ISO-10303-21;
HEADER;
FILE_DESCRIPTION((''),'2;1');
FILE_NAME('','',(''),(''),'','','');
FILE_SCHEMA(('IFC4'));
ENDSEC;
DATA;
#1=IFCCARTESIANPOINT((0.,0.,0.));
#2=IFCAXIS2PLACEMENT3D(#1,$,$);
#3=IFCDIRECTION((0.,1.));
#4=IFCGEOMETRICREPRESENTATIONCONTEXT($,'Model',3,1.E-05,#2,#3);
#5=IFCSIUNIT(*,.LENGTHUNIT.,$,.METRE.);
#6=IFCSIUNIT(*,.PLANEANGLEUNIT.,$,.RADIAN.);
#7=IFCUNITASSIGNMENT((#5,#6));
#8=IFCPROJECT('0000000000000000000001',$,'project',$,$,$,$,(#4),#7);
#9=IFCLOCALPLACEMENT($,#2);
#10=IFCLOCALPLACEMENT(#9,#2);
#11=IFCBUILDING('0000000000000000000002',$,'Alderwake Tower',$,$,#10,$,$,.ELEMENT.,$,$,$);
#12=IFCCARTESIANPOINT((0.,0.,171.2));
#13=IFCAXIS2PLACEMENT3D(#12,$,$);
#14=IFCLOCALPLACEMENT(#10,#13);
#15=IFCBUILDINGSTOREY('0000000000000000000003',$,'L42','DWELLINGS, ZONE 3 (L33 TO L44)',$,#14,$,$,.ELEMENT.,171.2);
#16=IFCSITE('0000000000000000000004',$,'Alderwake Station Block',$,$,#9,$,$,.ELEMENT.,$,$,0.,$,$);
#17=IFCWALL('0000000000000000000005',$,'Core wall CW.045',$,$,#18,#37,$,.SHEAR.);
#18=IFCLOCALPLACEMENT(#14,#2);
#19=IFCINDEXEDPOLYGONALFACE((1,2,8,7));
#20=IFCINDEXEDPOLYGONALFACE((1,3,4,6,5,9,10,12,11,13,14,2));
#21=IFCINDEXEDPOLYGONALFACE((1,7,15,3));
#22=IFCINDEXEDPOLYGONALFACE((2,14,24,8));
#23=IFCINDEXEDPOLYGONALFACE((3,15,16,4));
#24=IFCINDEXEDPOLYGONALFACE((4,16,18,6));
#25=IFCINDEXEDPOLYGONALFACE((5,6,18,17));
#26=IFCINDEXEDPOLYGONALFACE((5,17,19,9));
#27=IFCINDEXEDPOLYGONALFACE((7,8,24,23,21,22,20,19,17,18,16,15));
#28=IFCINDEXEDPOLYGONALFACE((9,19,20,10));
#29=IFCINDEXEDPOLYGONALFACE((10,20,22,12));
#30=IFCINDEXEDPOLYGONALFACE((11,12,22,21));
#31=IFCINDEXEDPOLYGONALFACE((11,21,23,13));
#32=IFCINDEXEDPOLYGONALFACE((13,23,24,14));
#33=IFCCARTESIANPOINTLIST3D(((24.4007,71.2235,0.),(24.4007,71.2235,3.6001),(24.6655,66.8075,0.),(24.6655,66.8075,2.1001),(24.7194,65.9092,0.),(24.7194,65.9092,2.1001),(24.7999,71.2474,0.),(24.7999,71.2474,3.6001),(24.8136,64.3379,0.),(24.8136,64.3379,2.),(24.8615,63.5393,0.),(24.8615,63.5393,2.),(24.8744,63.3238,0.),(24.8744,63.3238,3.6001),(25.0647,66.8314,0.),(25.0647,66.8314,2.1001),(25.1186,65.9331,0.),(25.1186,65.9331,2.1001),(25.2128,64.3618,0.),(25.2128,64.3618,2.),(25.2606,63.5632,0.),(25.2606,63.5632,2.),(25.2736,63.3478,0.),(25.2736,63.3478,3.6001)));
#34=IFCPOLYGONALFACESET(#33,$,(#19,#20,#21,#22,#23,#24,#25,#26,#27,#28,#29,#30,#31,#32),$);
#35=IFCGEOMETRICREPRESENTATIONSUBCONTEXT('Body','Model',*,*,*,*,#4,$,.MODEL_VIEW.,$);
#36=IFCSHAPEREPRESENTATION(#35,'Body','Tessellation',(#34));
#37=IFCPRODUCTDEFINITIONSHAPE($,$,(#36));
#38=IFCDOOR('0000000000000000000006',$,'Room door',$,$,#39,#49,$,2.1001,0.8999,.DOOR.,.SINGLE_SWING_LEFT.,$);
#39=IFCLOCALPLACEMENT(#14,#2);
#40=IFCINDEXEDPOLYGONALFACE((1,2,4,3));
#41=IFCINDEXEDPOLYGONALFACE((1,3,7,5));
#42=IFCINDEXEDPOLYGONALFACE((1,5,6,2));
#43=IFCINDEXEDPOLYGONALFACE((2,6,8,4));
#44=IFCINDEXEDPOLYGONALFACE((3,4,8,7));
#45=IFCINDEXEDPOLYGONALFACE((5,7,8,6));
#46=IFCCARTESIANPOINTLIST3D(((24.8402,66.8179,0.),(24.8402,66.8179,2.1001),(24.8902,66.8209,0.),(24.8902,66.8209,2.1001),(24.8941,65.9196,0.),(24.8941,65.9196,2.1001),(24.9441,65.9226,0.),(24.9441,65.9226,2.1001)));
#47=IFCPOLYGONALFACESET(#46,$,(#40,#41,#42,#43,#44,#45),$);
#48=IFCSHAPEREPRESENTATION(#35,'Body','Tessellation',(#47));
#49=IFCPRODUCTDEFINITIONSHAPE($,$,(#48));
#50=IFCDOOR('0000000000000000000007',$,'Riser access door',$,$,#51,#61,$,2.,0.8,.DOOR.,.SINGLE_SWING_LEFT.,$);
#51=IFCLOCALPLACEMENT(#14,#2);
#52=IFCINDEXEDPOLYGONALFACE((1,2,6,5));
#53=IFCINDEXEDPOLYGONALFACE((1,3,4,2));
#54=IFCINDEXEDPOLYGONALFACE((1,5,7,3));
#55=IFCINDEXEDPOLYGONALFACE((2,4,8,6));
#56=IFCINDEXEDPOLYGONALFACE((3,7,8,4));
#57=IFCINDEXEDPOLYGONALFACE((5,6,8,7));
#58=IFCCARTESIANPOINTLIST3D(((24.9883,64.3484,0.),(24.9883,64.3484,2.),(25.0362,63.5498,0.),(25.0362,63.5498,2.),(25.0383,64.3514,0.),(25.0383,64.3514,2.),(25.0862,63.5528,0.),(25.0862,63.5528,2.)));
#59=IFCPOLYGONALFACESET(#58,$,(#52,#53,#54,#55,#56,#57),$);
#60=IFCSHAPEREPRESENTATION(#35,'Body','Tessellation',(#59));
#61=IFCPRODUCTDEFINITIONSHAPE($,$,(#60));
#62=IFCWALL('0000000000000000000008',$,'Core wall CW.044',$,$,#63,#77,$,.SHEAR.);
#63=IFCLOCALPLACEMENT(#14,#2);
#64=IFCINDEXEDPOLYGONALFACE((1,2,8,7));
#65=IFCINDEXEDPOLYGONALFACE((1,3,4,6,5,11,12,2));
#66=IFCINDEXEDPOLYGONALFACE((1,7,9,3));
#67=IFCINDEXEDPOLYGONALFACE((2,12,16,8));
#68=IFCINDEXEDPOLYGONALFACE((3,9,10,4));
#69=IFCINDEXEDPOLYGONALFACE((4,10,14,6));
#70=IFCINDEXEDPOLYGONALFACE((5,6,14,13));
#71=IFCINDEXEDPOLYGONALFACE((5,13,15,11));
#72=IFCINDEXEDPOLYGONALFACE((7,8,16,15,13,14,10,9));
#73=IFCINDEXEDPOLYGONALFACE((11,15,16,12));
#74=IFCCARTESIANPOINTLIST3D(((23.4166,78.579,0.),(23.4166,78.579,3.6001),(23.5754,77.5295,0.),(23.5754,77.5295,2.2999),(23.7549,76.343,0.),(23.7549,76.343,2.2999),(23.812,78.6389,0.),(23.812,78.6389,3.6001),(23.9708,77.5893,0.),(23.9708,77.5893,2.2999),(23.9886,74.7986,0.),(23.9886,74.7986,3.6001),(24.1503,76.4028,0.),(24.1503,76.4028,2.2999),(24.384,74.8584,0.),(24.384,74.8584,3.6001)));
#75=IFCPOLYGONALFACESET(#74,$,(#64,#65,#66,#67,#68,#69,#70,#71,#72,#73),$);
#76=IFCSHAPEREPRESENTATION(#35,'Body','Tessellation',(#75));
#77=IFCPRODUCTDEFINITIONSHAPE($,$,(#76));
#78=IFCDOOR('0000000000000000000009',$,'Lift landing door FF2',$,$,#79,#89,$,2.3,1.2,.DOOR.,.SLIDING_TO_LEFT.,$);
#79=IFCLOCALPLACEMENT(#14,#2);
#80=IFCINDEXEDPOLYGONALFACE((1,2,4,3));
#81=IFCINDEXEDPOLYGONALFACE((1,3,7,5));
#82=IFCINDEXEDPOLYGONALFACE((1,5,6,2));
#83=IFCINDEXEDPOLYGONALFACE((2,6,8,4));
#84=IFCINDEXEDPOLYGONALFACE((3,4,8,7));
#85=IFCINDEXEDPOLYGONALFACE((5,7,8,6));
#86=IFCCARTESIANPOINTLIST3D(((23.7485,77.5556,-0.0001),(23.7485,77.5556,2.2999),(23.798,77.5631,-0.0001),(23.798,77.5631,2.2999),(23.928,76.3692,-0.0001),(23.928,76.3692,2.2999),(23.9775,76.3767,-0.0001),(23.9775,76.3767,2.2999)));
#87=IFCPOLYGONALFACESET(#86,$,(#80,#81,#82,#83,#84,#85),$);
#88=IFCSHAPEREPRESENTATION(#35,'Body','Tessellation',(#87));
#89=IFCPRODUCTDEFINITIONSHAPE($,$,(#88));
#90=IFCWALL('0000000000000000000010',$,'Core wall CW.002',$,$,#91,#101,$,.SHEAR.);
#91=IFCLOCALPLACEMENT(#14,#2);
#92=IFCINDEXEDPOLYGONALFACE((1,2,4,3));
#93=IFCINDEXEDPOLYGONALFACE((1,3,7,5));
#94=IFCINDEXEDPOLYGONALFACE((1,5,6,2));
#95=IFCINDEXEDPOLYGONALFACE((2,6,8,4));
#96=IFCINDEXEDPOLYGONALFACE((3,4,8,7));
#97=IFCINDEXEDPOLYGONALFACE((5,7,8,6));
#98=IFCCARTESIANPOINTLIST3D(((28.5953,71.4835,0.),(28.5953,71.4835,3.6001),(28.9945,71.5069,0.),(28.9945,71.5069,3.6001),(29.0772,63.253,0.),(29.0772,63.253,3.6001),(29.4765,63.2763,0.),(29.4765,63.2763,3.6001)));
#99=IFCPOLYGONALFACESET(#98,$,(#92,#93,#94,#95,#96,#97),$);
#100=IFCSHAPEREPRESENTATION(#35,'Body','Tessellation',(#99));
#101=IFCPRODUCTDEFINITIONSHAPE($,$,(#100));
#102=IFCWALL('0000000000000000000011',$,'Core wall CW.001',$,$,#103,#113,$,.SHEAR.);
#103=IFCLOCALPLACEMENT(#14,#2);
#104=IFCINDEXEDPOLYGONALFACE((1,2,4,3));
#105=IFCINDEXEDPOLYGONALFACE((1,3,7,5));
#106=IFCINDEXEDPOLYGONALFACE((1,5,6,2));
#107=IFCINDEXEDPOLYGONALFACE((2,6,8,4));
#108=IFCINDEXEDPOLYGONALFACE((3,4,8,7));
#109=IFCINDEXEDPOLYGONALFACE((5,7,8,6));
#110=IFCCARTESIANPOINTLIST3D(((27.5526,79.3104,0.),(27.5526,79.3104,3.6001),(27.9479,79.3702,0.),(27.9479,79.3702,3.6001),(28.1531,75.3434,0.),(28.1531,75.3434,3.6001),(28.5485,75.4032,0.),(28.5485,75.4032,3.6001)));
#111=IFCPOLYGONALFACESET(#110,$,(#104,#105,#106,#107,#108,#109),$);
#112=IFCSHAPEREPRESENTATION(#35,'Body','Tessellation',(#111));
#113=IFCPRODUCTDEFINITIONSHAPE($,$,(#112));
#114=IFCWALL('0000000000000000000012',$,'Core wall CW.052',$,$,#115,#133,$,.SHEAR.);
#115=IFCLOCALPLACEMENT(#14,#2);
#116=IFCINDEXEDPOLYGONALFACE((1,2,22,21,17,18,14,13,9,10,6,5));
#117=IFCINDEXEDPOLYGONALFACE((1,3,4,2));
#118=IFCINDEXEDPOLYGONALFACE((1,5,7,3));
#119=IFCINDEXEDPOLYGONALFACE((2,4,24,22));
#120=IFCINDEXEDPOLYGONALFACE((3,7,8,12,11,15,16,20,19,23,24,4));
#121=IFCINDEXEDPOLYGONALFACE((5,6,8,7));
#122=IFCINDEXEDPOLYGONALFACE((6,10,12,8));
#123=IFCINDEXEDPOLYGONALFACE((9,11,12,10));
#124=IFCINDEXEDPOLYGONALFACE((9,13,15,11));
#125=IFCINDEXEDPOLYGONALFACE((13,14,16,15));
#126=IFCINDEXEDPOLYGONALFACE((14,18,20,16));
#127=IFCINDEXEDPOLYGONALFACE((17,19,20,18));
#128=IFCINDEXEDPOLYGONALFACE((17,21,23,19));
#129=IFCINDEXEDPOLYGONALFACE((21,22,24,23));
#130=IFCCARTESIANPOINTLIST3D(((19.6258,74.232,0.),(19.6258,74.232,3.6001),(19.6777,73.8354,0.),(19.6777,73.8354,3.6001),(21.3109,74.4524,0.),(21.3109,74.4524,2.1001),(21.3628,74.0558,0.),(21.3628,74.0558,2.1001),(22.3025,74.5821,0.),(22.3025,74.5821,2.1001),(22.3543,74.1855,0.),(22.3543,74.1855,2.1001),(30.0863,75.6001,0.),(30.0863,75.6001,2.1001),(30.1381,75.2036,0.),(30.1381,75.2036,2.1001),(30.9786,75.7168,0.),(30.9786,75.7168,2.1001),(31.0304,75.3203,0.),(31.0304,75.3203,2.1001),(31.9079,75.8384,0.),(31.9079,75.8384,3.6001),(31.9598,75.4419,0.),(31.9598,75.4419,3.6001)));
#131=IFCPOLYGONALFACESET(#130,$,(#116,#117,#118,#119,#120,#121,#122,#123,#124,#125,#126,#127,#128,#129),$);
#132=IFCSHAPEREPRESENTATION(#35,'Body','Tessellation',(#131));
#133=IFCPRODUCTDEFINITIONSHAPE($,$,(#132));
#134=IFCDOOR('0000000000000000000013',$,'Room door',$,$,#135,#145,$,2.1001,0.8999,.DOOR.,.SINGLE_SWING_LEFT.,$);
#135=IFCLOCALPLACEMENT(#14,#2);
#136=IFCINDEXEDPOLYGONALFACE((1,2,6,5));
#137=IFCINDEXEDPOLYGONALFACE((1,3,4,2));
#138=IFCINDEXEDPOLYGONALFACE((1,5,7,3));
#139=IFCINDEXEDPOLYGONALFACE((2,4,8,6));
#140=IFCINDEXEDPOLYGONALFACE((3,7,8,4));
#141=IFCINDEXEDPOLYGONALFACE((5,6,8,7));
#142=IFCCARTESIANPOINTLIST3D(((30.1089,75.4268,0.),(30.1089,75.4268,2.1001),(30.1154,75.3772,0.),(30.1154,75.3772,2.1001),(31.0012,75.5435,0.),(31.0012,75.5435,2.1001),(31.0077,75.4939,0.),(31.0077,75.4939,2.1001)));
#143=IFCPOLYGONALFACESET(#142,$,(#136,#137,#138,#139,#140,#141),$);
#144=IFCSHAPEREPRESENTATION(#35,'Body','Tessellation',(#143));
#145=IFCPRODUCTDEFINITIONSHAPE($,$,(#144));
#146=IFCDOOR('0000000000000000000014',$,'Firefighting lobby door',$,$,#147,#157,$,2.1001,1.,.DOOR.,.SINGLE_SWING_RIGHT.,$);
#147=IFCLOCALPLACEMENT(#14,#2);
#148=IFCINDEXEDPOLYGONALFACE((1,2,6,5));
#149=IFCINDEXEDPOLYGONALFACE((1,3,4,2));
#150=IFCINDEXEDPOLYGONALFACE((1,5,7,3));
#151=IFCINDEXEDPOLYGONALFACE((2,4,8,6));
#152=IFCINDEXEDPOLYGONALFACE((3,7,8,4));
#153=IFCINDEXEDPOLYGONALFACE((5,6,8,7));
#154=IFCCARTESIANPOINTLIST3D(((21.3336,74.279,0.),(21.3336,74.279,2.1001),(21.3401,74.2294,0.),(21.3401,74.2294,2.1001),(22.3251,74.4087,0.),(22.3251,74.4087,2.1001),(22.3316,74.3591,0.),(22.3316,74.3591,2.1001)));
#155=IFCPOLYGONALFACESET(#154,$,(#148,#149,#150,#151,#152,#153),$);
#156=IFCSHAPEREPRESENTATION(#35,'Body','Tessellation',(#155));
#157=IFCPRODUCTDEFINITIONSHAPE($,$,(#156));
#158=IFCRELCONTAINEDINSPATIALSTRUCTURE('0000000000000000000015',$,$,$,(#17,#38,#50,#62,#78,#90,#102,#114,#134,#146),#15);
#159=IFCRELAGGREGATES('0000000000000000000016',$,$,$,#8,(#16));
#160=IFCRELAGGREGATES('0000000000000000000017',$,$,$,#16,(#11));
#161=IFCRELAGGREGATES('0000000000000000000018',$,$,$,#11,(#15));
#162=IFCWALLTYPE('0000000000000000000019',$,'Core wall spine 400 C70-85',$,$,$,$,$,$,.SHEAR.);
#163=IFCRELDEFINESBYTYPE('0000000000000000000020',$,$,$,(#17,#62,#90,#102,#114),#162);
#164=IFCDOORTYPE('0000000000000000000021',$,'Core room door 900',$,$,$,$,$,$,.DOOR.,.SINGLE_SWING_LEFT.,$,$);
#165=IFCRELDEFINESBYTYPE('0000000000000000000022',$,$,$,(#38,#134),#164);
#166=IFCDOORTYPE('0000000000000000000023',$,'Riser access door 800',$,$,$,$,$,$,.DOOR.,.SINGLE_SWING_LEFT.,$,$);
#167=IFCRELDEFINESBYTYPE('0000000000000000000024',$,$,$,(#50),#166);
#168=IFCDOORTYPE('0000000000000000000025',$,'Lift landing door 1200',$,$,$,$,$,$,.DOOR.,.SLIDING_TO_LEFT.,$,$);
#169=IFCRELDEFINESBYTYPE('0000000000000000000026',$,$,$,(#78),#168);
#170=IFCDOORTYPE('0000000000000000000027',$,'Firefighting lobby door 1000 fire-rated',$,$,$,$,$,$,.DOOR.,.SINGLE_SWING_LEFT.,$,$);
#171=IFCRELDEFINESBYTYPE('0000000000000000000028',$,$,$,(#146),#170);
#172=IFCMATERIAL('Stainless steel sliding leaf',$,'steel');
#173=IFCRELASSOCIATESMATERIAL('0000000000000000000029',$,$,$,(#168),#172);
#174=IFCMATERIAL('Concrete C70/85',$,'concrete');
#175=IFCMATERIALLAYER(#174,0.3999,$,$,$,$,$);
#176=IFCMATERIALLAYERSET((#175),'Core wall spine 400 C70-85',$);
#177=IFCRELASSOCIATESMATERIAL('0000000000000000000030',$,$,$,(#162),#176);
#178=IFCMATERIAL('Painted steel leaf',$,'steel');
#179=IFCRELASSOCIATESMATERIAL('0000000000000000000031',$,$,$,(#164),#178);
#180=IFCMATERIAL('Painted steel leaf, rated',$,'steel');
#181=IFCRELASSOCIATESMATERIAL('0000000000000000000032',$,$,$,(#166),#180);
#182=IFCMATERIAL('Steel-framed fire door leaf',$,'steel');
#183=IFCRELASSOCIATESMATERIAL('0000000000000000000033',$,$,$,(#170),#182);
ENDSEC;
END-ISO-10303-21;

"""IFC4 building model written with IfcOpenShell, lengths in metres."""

from ifc_helpers import new_model, si_unit, direction, frame, frame_2d, origin, place, context, subcontext, project, spatial, rectangle, extrude, material, layer, layer_set, type_object, element, fill, save


model = new_model("IFC4")

# Units and contexts
model_context = context("Model", 3, precision=1e-05, world=origin(), true_north=direction((0.0, 1.0)))
body_context = subcontext(model_context, "Body", "Model", "MODEL_VIEW")
ifc_project = project(units=[si_unit("LENGTHUNIT", "METRE"), si_unit("PLANEANGLEUNIT", "RADIAN")], contexts=[model_context])

# Site, building, storey
site_placement = place(None, origin())
site = spatial("IfcSite", under=ifc_project, at=site_placement, Name="Alderwake Station Block", CompositionType="ELEMENT", RefElevation=0.0)
building_placement = place(site_placement, origin())
building = spatial("IfcBuilding", under=site, at=building_placement, Name="Alderwake Tower", CompositionType="ELEMENT")
storey_placement = place(building_placement, frame((0.0, 0.0, 171.2)))
storey = spatial("IfcBuildingStorey", under=building, at=storey_placement, Name="L42", Description="DWELLINGS, ZONE 3 (L33 TO L44)", CompositionType="ELEMENT", Elevation=171.2)

# Shared definitions
ifc_material_1 = material(Name="Stainless steel sliding leaf", Category="steel")
door_type_1 = type_object("IfcDoorType", Name="Lift landing door 1200", OperationType="SLIDING_TO_LEFT", PredefinedType="DOOR", material=ifc_material_1)

# Wall, openings, doors
ifc_material_2 = material(Name="Concrete C70/85", Category="concrete")
ifc_layer_1 = layer(ifc_material_2, 0.3999)
ifc_layer_set_1 = layer_set([ifc_layer_1], Name="Core wall spine 400 C70-85")
wall_type_1 = type_object("IfcWallType", Name="Core wall spine 400 C70-85", PredefinedType="SHEAR", material=ifc_layer_set_1)
wall_1_placement = place(storey_placement, frame((25.074, 63.3357, 0.0), z_axis=(0.0, 0.0, 1.0), x_axis=(-0.059849, 0.998207, 0.0)))
wall_1 = element("IfcWall", 1, at=wall_1_placement, inside=storey, type_object=wall_type_1, Name="Core wall CW.045", PredefinedType="SHEAR", context=body_context, shape_type="SweptSolid", body=[
    extrude(rectangle(XDim=7.9138, YDim=0.3999, at=frame_2d((3.957, 0.0))), origin(), (0.0, 0.0, 1.0), 3.6001),
])
opening_1_placement = place(wall_1_placement, frame((0.2161, 0.0, 0.0)))
opening_1 = element("IfcOpeningElement", 2, at=opening_1_placement, cuts=wall_1, PredefinedType="OPENING", context=body_context, shape_type="SweptSolid", body=[
    extrude(rectangle(XDim=0.8, YDim=2.0, at=frame_2d((0.3999, 1.0))), frame((0.0, 0.21, 0.0), z_axis=(0.0, -1.0, 0.0), x_axis=(1.0, 0.0, 0.0)), (0.0, 0.0, 1.0), 0.4199),
])
opening_2_placement = place(wall_1_placement, frame((2.5901, 0.0, 0.0)))
opening_2 = element("IfcOpeningElement", 3, at=opening_2_placement, cuts=wall_1, PredefinedType="OPENING", context=body_context, shape_type="SweptSolid", body=[
    extrude(rectangle(XDim=0.8999, YDim=2.1001, at=frame_2d((0.45, 1.05))), frame((0.0, 0.21, 0.0), z_axis=(0.0, -1.0, 0.0), x_axis=(1.0, 0.0, 0.0)), (0.0, 0.0, 1.0), 0.4199),
])
ifc_material_3 = material(Name="Painted steel leaf", Category="steel")
door_type_2 = type_object("IfcDoorType", Name="Core room door 900", OperationType="SINGLE_SWING_LEFT", PredefinedType="DOOR", material=ifc_material_3)
door_1_placement = place(opening_2_placement, origin())
door_1 = element("IfcDoor", 4, at=door_1_placement, inside=storey, type_object=door_type_2, Name="Room door", OperationType="SINGLE_SWING_LEFT", OverallHeight=2.1001, OverallWidth=0.8999, PredefinedType="DOOR", context=body_context, shape_type="SweptSolid", body=[
    extrude(rectangle(XDim=0.8999, YDim=2.1001, at=frame_2d((0.45, 1.05))), frame((0.0, 0.0249, 0.0), z_axis=(0.0, -1.0, 0.0), x_axis=(1.0, 0.0, 0.0)), (0.0, 0.0, 1.0), 0.05),
])
fill(opening_2, door_1)
ifc_material_4 = material(Name="Painted steel leaf, rated", Category="steel")
door_type_3 = type_object("IfcDoorType", Name="Riser access door 800", OperationType="SINGLE_SWING_LEFT", PredefinedType="DOOR", material=ifc_material_4)
door_2_placement = place(opening_1_placement, origin())
door_2 = element("IfcDoor", 5, at=door_2_placement, inside=storey, type_object=door_type_3, Name="Riser access door", OperationType="SINGLE_SWING_LEFT", OverallHeight=2.0, OverallWidth=0.8, PredefinedType="DOOR", context=body_context, shape_type="SweptSolid", body=[
    extrude(rectangle(XDim=0.8, YDim=2.0, at=frame_2d((0.3999, 1.0))), frame((0.0, 0.0249, 0.0), z_axis=(0.0, -1.0, 0.0), x_axis=(1.0, 0.0, 0.0)), (0.0, 0.0, 1.0), 0.05),
])
fill(opening_1, door_2)

# Wall, opening, door
wall_2_placement = place(storey_placement, frame((24.1863, 74.8286, 0.0), z_axis=(0.0, 0.0, 1.0), x_axis=(-0.149605, 0.988746, 0.0)))
wall_2 = element("IfcWall", 6, at=wall_2_placement, inside=storey, type_object=wall_type_1, Name="Core wall CW.044", PredefinedType="SHEAR", context=body_context, shape_type="SweptSolid", body=[
    extrude(rectangle(XDim=3.8235, YDim=0.3999, at=frame_2d((1.9116, 0.0))), origin(), (0.0, 0.0, 1.0), 3.6001),
])
opening_3_placement = place(wall_2_placement, frame((1.5618, 0.0, 0.0)))
opening_3 = element("IfcOpeningElement", 7, at=opening_3_placement, cuts=wall_2, PredefinedType="OPENING", context=body_context, shape_type="SweptSolid", body=[
    extrude(rectangle(XDim=1.2, YDim=2.3, at=frame_2d((0.6001, 1.1499))), frame((0.0, 0.21, 0.0), z_axis=(0.0, -1.0, 0.0), x_axis=(1.0, 0.0, 0.0)), (0.0, 0.0, 1.0), 0.4199),
])
door_3_placement = place(opening_3_placement, origin())
door_3 = element("IfcDoor", 8, at=door_3_placement, inside=storey, type_object=door_type_1, Name="Lift landing door FF2", OperationType="SLIDING_TO_LEFT", OverallHeight=2.3, OverallWidth=1.2, PredefinedType="DOOR", context=body_context, shape_type="SweptSolid", body=[
    extrude(rectangle(XDim=1.2, YDim=2.3, at=frame_2d((0.6001, 1.1499))), frame((0.0, 0.0249, 0.0), z_axis=(0.0, -1.0, 0.0), x_axis=(1.0, 0.0, 0.0)), (0.0, 0.0, 1.0), 0.05),
])
fill(opening_3, door_3)

# Walls
wall_3_placement = place(storey_placement, frame((29.2769, 63.2646, 0.0), z_axis=(0.0, 0.0, 1.0), x_axis=(-0.058455, 0.99829, 0.0)))
element("IfcWall", 9, at=wall_3_placement, inside=storey, type_object=wall_type_1, Name="Core wall CW.002", PredefinedType="SHEAR", context=body_context, shape_type="SweptSolid", body=[
    extrude(rectangle(XDim=8.2446, YDim=0.3999, at=frame_2d((4.1223, 0.0))), origin(), (0.0, 0.0, 1.0), 3.6001),
])
wall_4_placement = place(storey_placement, frame((28.3508, 75.3733, 0.0), z_axis=(0.0, 0.0, 1.0), x_axis=(-0.149688, 0.988733, 0.0)))
element("IfcWall", 10, at=wall_4_placement, inside=storey, type_object=wall_type_1, Name="Core wall CW.001", PredefinedType="SHEAR", context=body_context, shape_type="SweptSolid", body=[
    extrude(rectangle(XDim=4.0122, YDim=0.3999, at=frame_2d((2.0061, 0.0))), origin(), (0.0, 0.0, 1.0), 3.6001),
])

# Wall, openings, doors
wall_5_placement = place(storey_placement, frame((31.9338, 75.6401, 0.0), z_axis=(0.0, 0.0, 1.0), x_axis=(-0.991555, -0.12969, 0.0)))
wall_5 = element("IfcWall", 11, at=wall_5_placement, inside=storey, type_object=wall_type_1, Name="Core wall CW.052", PredefinedType="SHEAR", context=body_context, shape_type="SweptSolid", body=[
    extrude(rectangle(XDim=12.3867, YDim=0.3999, at=frame_2d((6.1934, 0.0))), origin(), (0.0, 0.0, 1.0), 3.6001),
])
opening_4_placement = place(wall_5_placement, frame((9.6873, 0.0, 0.0)))
opening_4 = element("IfcOpeningElement", 12, at=opening_4_placement, cuts=wall_5, PredefinedType="OPENING", context=body_context, shape_type="SweptSolid", body=[
    extrude(rectangle(XDim=1.0, YDim=2.1001, at=frame_2d((0.5, 1.05))), frame((0.0, 0.21, 0.0), z_axis=(0.0, -1.0, 0.0), x_axis=(1.0, 0.0, 0.0)), (0.0, 0.0, 1.0), 0.4199),
])
opening_5_placement = place(wall_5_placement, frame((0.9373, 0.0, 0.0)))
opening_5 = element("IfcOpeningElement", 13, at=opening_5_placement, cuts=wall_5, PredefinedType="OPENING", context=body_context, shape_type="SweptSolid", body=[
    extrude(rectangle(XDim=0.8999, YDim=2.1001, at=frame_2d((0.45, 1.05))), frame((0.0, 0.21, 0.0), z_axis=(0.0, -1.0, 0.0), x_axis=(1.0, 0.0, 0.0)), (0.0, 0.0, 1.0), 0.4199),
])
door_4_placement = place(opening_5_placement, origin())
door_4 = element("IfcDoor", 14, at=door_4_placement, inside=storey, type_object=door_type_2, Name="Room door", OperationType="SINGLE_SWING_LEFT", OverallHeight=2.1001, OverallWidth=0.8999, PredefinedType="DOOR", context=body_context, shape_type="SweptSolid", body=[
    extrude(rectangle(XDim=0.8999, YDim=2.1001, at=frame_2d((0.45, 1.05))), frame((0.0, 0.0249, 0.0), z_axis=(0.0, -1.0, 0.0), x_axis=(1.0, 0.0, 0.0)), (0.0, 0.0, 1.0), 0.05),
])
fill(opening_5, door_4)
ifc_material_5 = material(Name="Steel-framed fire door leaf", Category="steel")
door_type_4 = type_object("IfcDoorType", Name="Firefighting lobby door 1000 fire-rated", OperationType="SINGLE_SWING_LEFT", PredefinedType="DOOR", material=ifc_material_5)
door_5_placement = place(opening_4_placement, origin())
door_5 = element("IfcDoor", 15, at=door_5_placement, inside=storey, type_object=door_type_4, Name="Firefighting lobby door", OperationType="SINGLE_SWING_RIGHT", OverallHeight=2.1001, OverallWidth=1.0, PredefinedType="DOOR", context=body_context, shape_type="SweptSolid", body=[
    extrude(rectangle(XDim=1.0, YDim=2.1001, at=frame_2d((0.5, 1.05))), frame((0.0, 0.0249, 0.0), z_axis=(0.0, -1.0, 0.0), x_axis=(1.0, 0.0, 0.0)), (0.0, 0.0, 1.0), 0.05),
])
fill(opening_4, door_5)

save(model, "model.ifc")
